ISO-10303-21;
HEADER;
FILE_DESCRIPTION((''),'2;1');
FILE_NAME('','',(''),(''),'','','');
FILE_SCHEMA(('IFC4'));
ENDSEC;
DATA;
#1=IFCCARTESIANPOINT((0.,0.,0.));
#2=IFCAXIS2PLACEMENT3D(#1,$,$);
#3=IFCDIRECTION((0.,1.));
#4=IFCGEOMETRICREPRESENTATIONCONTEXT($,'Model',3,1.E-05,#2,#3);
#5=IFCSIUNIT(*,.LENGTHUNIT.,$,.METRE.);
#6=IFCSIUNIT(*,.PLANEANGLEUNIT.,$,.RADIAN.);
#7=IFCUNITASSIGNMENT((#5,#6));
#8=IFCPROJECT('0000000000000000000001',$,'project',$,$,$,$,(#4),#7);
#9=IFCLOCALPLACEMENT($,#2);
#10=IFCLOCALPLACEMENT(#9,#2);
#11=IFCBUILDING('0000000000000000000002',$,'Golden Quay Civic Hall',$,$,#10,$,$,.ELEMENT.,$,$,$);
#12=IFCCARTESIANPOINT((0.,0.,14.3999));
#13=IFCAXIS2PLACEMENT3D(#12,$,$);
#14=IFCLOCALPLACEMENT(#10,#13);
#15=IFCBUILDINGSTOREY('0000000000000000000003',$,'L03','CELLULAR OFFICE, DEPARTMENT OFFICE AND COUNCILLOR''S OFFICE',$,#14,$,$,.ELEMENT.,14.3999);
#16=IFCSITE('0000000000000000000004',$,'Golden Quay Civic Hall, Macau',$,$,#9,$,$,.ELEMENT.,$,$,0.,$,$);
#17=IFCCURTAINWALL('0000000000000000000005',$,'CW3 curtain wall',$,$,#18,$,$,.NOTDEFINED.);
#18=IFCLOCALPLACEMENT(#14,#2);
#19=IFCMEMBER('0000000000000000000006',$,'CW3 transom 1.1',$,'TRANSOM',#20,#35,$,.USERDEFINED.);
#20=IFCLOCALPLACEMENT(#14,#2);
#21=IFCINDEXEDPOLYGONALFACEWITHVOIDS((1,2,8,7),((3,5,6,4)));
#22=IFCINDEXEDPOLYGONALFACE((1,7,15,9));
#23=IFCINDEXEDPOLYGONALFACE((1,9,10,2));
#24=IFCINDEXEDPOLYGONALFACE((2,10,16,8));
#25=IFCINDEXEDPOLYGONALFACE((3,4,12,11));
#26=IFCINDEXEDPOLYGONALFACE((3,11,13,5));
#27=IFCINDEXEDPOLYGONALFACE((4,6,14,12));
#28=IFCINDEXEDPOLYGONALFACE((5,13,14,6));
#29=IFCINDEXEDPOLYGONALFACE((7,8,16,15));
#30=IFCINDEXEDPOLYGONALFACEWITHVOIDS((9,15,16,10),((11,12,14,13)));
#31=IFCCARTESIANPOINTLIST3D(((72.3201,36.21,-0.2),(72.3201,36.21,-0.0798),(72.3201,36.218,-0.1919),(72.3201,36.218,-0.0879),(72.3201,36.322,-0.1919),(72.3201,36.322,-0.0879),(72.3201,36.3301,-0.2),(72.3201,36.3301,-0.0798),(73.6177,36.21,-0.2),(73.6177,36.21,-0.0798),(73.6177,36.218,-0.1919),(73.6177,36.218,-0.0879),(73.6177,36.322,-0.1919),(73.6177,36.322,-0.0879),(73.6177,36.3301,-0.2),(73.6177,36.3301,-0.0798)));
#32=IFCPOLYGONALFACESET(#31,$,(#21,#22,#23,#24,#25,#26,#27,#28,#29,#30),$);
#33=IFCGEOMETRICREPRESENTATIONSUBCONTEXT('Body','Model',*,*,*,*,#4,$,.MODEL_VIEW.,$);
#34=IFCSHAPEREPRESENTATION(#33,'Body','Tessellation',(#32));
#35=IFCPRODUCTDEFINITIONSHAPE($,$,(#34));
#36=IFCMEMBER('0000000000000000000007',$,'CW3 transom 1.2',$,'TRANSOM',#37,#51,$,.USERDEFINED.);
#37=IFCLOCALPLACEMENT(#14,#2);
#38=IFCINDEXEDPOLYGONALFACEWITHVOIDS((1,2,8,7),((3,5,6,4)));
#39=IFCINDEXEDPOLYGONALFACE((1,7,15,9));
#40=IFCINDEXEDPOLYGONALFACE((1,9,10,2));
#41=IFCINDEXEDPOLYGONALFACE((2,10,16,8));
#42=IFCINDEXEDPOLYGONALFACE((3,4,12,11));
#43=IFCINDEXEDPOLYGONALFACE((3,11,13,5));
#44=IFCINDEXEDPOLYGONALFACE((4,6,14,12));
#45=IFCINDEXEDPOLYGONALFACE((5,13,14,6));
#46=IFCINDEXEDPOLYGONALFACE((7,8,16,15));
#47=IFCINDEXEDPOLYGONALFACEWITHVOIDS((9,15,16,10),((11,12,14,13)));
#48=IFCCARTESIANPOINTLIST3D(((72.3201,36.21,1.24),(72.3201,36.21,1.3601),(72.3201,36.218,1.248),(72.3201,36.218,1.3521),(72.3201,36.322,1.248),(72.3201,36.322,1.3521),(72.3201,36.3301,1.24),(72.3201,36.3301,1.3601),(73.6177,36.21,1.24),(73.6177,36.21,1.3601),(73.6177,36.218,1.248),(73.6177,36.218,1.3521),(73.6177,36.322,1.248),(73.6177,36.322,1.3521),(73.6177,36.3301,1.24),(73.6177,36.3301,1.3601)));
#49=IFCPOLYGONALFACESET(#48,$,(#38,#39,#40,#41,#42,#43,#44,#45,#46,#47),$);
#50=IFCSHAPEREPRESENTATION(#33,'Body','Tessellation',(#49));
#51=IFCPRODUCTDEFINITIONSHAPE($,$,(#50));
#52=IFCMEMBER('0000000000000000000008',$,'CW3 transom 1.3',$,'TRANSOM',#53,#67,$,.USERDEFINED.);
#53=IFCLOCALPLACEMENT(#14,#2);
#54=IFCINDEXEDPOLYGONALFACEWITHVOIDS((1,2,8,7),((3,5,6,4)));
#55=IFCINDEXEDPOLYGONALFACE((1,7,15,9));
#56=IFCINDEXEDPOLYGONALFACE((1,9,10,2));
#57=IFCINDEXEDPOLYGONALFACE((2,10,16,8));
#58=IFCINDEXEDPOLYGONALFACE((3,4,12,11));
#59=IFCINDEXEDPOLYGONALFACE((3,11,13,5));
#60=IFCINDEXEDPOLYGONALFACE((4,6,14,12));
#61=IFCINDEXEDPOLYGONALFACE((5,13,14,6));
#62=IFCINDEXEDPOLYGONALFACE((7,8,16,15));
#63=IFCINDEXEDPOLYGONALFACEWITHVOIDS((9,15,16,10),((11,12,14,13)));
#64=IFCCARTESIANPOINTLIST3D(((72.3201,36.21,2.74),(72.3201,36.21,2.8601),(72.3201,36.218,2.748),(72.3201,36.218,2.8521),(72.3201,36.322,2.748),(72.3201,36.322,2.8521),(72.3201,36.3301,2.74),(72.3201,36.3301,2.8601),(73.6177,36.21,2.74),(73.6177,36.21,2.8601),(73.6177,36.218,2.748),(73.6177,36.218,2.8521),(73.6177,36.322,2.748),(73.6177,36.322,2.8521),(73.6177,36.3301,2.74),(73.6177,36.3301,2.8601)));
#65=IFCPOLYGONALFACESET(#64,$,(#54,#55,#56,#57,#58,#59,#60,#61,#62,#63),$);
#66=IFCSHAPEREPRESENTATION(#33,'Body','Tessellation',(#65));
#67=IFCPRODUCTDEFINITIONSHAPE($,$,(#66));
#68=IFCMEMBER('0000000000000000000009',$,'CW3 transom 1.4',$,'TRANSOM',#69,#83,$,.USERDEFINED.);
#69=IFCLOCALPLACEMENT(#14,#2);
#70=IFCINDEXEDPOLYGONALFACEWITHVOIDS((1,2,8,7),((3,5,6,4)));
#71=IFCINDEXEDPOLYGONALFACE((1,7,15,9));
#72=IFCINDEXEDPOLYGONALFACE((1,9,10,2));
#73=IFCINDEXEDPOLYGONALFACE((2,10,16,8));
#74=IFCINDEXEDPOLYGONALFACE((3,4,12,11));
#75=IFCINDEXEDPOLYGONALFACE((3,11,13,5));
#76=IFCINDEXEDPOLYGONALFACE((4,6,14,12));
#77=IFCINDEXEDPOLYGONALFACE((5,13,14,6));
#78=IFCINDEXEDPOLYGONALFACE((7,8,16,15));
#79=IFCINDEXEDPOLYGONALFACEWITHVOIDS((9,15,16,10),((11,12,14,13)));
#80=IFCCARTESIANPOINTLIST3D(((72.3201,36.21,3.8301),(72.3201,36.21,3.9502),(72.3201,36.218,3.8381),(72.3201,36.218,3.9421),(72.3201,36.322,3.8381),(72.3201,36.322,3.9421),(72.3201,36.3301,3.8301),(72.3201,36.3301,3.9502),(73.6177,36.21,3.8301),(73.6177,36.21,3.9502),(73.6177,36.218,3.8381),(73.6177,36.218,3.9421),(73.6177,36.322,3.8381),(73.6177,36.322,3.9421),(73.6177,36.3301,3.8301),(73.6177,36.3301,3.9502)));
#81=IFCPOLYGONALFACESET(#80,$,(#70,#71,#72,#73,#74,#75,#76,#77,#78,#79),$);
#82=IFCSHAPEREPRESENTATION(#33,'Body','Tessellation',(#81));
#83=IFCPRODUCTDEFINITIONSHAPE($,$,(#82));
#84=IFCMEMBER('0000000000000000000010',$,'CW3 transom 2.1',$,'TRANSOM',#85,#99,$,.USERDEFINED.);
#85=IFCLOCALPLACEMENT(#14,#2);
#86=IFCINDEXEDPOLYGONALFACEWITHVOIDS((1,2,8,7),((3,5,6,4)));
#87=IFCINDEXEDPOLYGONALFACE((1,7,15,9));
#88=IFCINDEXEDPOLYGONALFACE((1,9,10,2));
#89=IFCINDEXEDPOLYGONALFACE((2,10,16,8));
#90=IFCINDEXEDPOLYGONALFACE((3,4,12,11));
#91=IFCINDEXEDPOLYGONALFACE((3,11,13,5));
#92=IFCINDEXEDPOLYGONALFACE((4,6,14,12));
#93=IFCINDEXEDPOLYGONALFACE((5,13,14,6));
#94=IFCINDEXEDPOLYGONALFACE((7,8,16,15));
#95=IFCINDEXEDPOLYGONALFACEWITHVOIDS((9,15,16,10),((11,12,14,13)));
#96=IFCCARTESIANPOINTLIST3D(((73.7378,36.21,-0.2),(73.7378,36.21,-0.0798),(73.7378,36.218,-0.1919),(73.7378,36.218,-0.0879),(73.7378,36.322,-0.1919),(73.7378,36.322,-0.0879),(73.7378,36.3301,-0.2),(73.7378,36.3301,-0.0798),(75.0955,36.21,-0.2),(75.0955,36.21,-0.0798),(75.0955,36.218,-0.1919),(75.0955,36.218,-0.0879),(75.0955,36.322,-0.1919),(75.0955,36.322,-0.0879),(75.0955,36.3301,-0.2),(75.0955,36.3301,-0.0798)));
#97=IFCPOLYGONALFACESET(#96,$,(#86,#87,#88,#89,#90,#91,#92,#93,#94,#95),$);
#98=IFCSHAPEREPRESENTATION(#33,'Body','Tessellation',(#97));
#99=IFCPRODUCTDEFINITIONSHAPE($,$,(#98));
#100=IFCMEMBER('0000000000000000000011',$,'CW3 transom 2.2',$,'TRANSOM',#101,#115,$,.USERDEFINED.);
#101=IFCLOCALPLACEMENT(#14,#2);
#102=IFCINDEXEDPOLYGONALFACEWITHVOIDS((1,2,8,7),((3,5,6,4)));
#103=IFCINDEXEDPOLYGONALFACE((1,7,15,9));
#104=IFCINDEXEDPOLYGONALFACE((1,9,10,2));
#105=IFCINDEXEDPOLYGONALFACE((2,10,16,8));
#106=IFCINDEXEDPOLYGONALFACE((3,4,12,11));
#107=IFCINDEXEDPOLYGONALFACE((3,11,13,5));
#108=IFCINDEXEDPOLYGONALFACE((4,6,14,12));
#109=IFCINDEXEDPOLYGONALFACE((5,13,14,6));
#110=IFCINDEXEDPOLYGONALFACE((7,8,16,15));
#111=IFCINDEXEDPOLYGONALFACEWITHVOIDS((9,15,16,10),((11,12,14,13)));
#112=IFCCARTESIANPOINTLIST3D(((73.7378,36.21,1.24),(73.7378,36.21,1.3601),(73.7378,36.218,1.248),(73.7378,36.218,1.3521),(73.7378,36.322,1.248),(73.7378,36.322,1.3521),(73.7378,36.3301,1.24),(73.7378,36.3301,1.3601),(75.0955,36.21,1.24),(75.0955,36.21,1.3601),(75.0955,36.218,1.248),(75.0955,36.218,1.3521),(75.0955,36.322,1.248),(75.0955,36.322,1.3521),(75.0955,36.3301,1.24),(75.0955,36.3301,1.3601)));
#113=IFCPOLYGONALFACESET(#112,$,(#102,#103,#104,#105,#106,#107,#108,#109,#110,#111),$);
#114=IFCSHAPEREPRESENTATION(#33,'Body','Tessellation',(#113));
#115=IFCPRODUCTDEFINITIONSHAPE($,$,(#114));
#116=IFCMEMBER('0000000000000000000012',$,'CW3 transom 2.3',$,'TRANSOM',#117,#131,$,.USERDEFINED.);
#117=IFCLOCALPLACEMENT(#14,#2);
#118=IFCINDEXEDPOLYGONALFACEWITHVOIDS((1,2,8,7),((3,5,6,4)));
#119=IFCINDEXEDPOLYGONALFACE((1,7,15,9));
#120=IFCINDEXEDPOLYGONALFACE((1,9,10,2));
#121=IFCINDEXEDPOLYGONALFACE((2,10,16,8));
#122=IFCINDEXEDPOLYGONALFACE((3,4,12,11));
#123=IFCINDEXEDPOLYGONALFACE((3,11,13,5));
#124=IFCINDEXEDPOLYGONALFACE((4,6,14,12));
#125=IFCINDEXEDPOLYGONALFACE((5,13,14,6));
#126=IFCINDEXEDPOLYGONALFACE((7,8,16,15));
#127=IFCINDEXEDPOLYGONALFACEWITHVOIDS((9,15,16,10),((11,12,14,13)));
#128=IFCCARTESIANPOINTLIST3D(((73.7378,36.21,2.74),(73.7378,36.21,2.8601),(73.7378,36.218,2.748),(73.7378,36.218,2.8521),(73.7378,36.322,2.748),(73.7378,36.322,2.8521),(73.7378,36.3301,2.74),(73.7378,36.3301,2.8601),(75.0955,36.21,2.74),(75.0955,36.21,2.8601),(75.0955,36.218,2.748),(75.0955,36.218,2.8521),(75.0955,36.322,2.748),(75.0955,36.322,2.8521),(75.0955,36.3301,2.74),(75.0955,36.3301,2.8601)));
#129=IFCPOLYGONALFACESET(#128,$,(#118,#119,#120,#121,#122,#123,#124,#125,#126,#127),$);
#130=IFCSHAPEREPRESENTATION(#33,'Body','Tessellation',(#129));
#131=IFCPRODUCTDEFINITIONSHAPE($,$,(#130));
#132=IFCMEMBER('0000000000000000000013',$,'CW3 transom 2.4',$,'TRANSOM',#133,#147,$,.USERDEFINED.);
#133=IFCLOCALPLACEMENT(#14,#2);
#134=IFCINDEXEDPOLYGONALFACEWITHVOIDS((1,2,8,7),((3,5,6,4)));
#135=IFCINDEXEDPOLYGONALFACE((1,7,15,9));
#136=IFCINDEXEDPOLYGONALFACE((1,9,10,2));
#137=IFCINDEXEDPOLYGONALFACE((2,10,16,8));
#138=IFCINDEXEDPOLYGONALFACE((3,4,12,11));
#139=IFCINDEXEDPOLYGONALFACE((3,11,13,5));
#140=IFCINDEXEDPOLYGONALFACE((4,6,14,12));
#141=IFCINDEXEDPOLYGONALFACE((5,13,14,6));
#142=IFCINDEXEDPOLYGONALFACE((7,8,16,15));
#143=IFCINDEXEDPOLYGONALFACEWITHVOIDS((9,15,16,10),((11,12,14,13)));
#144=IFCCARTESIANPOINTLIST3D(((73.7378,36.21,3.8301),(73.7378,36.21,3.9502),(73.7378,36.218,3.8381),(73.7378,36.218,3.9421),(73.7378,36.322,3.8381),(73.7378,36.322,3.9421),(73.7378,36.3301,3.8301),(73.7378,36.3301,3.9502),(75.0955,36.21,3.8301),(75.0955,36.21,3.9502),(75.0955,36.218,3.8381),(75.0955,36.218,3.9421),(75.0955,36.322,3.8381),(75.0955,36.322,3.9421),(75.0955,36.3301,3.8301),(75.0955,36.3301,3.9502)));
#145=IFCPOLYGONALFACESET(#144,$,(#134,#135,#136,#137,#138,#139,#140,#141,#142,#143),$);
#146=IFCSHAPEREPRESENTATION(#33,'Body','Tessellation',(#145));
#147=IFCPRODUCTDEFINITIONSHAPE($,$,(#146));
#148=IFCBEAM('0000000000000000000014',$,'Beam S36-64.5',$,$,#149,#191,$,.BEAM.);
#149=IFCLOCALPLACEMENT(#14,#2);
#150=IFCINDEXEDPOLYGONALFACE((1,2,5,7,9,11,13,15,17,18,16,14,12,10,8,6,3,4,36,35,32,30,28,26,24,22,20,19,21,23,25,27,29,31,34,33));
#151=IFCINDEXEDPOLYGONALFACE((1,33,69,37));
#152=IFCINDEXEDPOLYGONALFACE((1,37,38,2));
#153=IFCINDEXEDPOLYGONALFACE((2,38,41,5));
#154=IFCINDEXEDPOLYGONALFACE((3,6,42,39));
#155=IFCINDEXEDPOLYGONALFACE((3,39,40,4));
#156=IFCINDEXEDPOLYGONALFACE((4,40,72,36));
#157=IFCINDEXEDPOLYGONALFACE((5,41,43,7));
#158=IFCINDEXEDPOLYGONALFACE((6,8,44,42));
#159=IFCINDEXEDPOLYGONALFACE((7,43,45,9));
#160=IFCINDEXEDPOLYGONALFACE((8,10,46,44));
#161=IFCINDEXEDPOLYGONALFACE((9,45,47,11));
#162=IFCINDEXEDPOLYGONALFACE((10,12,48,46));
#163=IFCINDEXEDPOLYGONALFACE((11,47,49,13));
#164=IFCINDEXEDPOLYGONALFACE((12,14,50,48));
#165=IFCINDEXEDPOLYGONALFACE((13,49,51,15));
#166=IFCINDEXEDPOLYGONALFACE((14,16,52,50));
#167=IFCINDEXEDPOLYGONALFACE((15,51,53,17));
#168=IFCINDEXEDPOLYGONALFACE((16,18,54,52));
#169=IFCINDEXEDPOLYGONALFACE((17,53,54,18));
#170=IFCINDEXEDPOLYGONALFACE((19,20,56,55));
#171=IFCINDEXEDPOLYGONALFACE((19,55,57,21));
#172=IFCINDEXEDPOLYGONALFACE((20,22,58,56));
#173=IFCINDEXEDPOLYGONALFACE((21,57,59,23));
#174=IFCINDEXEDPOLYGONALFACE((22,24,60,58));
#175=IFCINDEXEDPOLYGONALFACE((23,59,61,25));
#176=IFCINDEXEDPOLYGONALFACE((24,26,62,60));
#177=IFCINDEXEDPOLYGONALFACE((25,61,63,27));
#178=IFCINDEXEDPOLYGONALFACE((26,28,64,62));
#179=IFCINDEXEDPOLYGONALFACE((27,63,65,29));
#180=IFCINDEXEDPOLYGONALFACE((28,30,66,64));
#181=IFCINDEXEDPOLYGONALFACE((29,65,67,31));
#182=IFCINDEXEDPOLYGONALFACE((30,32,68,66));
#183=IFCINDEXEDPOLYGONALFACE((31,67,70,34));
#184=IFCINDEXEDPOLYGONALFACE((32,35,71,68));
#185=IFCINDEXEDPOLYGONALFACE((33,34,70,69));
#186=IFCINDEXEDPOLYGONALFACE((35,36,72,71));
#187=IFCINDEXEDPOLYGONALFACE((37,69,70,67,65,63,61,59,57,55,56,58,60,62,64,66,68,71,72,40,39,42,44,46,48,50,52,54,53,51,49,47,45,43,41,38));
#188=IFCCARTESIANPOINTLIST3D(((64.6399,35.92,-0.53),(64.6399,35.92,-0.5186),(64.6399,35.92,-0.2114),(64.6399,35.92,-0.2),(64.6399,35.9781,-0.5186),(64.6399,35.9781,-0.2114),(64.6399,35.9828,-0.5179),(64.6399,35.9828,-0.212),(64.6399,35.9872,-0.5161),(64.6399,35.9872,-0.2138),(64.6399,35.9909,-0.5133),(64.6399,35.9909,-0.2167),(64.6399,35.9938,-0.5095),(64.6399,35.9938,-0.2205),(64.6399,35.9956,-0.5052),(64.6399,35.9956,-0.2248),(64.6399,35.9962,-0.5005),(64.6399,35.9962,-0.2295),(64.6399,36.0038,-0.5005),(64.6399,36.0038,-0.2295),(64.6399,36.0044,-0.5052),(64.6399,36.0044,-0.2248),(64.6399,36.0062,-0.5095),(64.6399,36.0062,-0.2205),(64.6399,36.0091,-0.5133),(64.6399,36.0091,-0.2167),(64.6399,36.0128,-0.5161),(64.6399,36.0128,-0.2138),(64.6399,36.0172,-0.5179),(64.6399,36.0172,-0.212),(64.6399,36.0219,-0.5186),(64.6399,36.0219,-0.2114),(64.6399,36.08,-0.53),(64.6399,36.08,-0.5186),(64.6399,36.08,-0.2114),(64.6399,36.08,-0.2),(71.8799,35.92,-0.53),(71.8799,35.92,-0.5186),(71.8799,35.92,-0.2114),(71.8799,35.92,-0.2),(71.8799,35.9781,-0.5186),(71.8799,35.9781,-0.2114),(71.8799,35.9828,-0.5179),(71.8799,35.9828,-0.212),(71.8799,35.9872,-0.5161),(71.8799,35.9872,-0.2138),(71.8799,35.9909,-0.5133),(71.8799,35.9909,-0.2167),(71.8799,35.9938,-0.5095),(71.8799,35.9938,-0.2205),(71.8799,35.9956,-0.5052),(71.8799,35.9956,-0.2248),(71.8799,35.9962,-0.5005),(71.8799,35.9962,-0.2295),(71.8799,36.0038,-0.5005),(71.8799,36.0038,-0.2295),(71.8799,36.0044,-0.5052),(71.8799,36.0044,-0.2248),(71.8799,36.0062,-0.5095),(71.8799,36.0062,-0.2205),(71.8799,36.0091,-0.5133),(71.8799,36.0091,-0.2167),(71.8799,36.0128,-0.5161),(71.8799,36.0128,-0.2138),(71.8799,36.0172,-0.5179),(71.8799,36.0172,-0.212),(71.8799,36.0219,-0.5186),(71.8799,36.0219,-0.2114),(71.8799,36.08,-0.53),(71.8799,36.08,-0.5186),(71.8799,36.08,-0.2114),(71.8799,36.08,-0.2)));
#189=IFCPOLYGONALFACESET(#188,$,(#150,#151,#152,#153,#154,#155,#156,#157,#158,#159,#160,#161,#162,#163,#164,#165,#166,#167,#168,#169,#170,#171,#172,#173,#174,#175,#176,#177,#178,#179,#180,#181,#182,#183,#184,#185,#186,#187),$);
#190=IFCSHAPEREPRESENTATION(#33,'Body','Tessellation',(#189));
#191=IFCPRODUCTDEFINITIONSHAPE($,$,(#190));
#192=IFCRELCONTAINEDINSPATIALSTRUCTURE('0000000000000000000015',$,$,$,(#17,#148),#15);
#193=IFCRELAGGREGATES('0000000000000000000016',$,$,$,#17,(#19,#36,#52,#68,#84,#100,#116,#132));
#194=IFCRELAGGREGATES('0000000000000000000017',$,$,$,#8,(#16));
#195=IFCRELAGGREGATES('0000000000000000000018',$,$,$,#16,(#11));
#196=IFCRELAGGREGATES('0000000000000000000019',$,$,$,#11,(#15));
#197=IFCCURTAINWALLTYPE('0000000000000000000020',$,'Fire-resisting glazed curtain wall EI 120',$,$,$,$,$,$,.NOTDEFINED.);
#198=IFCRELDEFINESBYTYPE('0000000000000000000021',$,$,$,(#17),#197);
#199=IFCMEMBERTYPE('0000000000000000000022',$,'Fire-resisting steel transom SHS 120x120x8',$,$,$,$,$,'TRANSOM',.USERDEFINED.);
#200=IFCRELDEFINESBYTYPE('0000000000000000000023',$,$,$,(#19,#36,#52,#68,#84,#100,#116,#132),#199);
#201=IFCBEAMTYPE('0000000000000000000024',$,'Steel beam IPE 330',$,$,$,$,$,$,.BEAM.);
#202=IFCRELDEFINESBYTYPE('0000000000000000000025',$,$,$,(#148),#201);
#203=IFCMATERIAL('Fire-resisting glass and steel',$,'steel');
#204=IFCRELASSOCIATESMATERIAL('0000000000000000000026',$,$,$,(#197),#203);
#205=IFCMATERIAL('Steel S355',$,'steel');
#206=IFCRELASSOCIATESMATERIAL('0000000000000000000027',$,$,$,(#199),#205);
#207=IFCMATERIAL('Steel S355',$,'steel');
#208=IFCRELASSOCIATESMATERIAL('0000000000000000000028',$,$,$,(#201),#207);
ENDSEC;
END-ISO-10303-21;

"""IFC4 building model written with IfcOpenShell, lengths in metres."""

from ifc_helpers import new_model, si_unit, direction, frame, origin, origin_2d, place, context, subcontext, project, spatial, hollow_rectangle, i_section, extrude, material, material_profile, profile_set, type_object, element, aggregate, save


model = new_model("IFC4")

# Units and contexts
model_context = context("Model", 3, precision=1e-05, world=origin(), true_north=direction((0.0, 1.0)))
body_context = subcontext(model_context, "Body", "Model", "MODEL_VIEW")
ifc_project = project(units=[si_unit("LENGTHUNIT", "METRE"), si_unit("PLANEANGLEUNIT", "RADIAN")], contexts=[model_context])

# Site, building, storey
site_placement = place(None, origin())
site = spatial("IfcSite", under=ifc_project, at=site_placement, Name="Golden Quay Civic Hall, Macau", CompositionType="ELEMENT", RefElevation=0.0)
building_placement = place(site_placement, origin())
building = spatial("IfcBuilding", under=site, at=building_placement, Name="Golden Quay Civic Hall", CompositionType="ELEMENT")
storey_placement = place(building_placement, frame((0.0, 0.0, 14.3999)))
storey = spatial("IfcBuildingStorey", under=building, at=storey_placement, Name="L03", Description="CELLULAR OFFICE, DEPARTMENT OFFICE AND COUNCILLOR'S OFFICE", CompositionType="ELEMENT", Elevation=14.3999)

# Curtain wall, members
ifc_material_1 = material(Name="Fire-resisting glass and steel", Category="steel")
curtain_wall_type = type_object("IfcCurtainWallType", Name="Fire-resisting glazed curtain wall EI 120", PredefinedType="NOTDEFINED", material=ifc_material_1)
curtain_wall_placement = place(storey_placement, origin())
curtain_wall = element("IfcCurtainWall", 1, at=curtain_wall_placement, inside=storey, type_object=curtain_wall_type, Name="CW3 curtain wall", PredefinedType="NOTDEFINED")
ifc_material_2 = material(Name="Steel S355", Category="steel")
ifc_material_profile_1 = material_profile(ifc_material_2, hollow_rectangle(XDim=0.1201, YDim=0.1201, WallThickness=0.0081, at=origin_2d()), Name="SHS 120x120x8")
ifc_profile_set_1 = profile_set([ifc_material_profile_1], Name="Steel S355")
member_type_1 = type_object("IfcMemberType", Name="Fire-resisting steel transom SHS 120x120x8", ElementType="TRANSOM", PredefinedType="USERDEFINED", material=ifc_profile_set_1)
member_1_placement = place(storey_placement, frame((72.3201, 36.27, -0.1399), z_axis=(1.0, 0.0, 0.0), x_axis=(0.0, 1.0, 0.0)))
member_1 = element("IfcMember", 2, at=member_1_placement, type_object=member_type_1, Name="CW3 transom 1.1", ObjectType="TRANSOM", PredefinedType="USERDEFINED", context=body_context, shape_type="SweptSolid", body=[
    extrude(hollow_rectangle(XDim=0.1201, YDim=0.1201, WallThickness=0.0081, at=origin_2d()), origin(), (0.0, 0.0, 1.0), 1.2976),
])
member_2_placement = place(storey_placement, frame((72.3201, 36.27, 1.3), z_axis=(1.0, 0.0, 0.0), x_axis=(0.0, 1.0, 0.0)))
member_2 = element("IfcMember", 3, at=member_2_placement, type_object=member_type_1, Name="CW3 transom 1.2", ObjectType="TRANSOM", PredefinedType="USERDEFINED", context=body_context, shape_type="SweptSolid", body=[
    extrude(hollow_rectangle(XDim=0.1201, YDim=0.1201, WallThickness=0.0081, at=origin_2d()), origin(), (0.0, 0.0, 1.0), 1.2976),
])
member_3_placement = place(storey_placement, frame((72.3201, 36.27, 2.8), z_axis=(1.0, 0.0, 0.0), x_axis=(0.0, 1.0, 0.0)))
member_3 = element("IfcMember", 4, at=member_3_placement, type_object=member_type_1, Name="CW3 transom 1.3", ObjectType="TRANSOM", PredefinedType="USERDEFINED", context=body_context, shape_type="SweptSolid", body=[
    extrude(hollow_rectangle(XDim=0.1201, YDim=0.1201, WallThickness=0.0081, at=origin_2d()), origin(), (0.0, 0.0, 1.0), 1.2976),
])
member_4_placement = place(storey_placement, frame((72.3201, 36.27, 3.8901), z_axis=(1.0, 0.0, 0.0), x_axis=(0.0, 1.0, 0.0)))
member_4 = element("IfcMember", 5, at=member_4_placement, type_object=member_type_1, Name="CW3 transom 1.4", ObjectType="TRANSOM", PredefinedType="USERDEFINED", context=body_context, shape_type="SweptSolid", body=[
    extrude(hollow_rectangle(XDim=0.1201, YDim=0.1201, WallThickness=0.0081, at=origin_2d()), origin(), (0.0, 0.0, 1.0), 1.2976),
])
member_5_placement = place(storey_placement, frame((73.7378, 36.27, -0.1399), z_axis=(1.0, 0.0, 0.0), x_axis=(0.0, 1.0, 0.0)))
member_5 = element("IfcMember", 6, at=member_5_placement, type_object=member_type_1, Name="CW3 transom 2.1", ObjectType="TRANSOM", PredefinedType="USERDEFINED", context=body_context, shape_type="SweptSolid", body=[
    extrude(hollow_rectangle(XDim=0.1201, YDim=0.1201, WallThickness=0.0081, at=origin_2d()), origin(), (0.0, 0.0, 1.0), 1.3577),
])
member_6_placement = place(storey_placement, frame((73.7378, 36.27, 1.3), z_axis=(1.0, 0.0, 0.0), x_axis=(0.0, 1.0, 0.0)))
member_6 = element("IfcMember", 7, at=member_6_placement, type_object=member_type_1, Name="CW3 transom 2.2", ObjectType="TRANSOM", PredefinedType="USERDEFINED", context=body_context, shape_type="SweptSolid", body=[
    extrude(hollow_rectangle(XDim=0.1201, YDim=0.1201, WallThickness=0.0081, at=origin_2d()), origin(), (0.0, 0.0, 1.0), 1.3577),
])
member_7_placement = place(storey_placement, frame((73.7378, 36.27, 2.8), z_axis=(1.0, 0.0, 0.0), x_axis=(0.0, 1.0, 0.0)))
member_7 = element("IfcMember", 8, at=member_7_placement, type_object=member_type_1, Name="CW3 transom 2.3", ObjectType="TRANSOM", PredefinedType="USERDEFINED", context=body_context, shape_type="SweptSolid", body=[
    extrude(hollow_rectangle(XDim=0.1201, YDim=0.1201, WallThickness=0.0081, at=origin_2d()), origin(), (0.0, 0.0, 1.0), 1.3577),
])
member_8_placement = place(storey_placement, frame((73.7378, 36.27, 3.8901), z_axis=(1.0, 0.0, 0.0), x_axis=(0.0, 1.0, 0.0)))
member_8 = element("IfcMember", 9, at=member_8_placement, type_object=member_type_1, Name="CW3 transom 2.4", ObjectType="TRANSOM", PredefinedType="USERDEFINED", context=body_context, shape_type="SweptSolid", body=[
    extrude(hollow_rectangle(XDim=0.1201, YDim=0.1201, WallThickness=0.0081, at=origin_2d()), origin(), (0.0, 0.0, 1.0), 1.3577),
])

# Beam
ifc_material_3 = material(Name="Steel S355", Category="steel")
ifc_material_profile_2 = material_profile(ifc_material_3, i_section(OverallWidth=0.1599, OverallDepth=0.3301, WebThickness=0.0076, FlangeThickness=0.0115, FilletRadius=0.0181, at=origin_2d()), Name="IPE 330")
ifc_profile_set_2 = profile_set([ifc_material_profile_2], Name="Steel S355")
beam_type_1 = type_object("IfcBeamType", Name="Steel beam IPE 330", PredefinedType="BEAM", material=ifc_profile_set_2)
beam_placement = place(storey_placement, frame((64.6399, 36.0, -0.365), z_axis=(1.0, 0.0, 0.0), x_axis=(0.0, 1.0, 0.0)))
element("IfcBeam", 10, at=beam_placement, inside=storey, type_object=beam_type_1, Name="Beam S36-64.5", PredefinedType="BEAM", context=body_context, shape_type="SweptSolid", body=[
    extrude(i_section(OverallWidth=0.1599, OverallDepth=0.3301, WebThickness=0.0076, FlangeThickness=0.0115, FilletRadius=0.0181, at=origin_2d()), origin(), (0.0, 0.0, 1.0), 7.24),
])

aggregate(curtain_wall, [member_1, member_2, member_3, member_4, member_5, member_6, member_7, member_8])

save(model, "model.ifc")
